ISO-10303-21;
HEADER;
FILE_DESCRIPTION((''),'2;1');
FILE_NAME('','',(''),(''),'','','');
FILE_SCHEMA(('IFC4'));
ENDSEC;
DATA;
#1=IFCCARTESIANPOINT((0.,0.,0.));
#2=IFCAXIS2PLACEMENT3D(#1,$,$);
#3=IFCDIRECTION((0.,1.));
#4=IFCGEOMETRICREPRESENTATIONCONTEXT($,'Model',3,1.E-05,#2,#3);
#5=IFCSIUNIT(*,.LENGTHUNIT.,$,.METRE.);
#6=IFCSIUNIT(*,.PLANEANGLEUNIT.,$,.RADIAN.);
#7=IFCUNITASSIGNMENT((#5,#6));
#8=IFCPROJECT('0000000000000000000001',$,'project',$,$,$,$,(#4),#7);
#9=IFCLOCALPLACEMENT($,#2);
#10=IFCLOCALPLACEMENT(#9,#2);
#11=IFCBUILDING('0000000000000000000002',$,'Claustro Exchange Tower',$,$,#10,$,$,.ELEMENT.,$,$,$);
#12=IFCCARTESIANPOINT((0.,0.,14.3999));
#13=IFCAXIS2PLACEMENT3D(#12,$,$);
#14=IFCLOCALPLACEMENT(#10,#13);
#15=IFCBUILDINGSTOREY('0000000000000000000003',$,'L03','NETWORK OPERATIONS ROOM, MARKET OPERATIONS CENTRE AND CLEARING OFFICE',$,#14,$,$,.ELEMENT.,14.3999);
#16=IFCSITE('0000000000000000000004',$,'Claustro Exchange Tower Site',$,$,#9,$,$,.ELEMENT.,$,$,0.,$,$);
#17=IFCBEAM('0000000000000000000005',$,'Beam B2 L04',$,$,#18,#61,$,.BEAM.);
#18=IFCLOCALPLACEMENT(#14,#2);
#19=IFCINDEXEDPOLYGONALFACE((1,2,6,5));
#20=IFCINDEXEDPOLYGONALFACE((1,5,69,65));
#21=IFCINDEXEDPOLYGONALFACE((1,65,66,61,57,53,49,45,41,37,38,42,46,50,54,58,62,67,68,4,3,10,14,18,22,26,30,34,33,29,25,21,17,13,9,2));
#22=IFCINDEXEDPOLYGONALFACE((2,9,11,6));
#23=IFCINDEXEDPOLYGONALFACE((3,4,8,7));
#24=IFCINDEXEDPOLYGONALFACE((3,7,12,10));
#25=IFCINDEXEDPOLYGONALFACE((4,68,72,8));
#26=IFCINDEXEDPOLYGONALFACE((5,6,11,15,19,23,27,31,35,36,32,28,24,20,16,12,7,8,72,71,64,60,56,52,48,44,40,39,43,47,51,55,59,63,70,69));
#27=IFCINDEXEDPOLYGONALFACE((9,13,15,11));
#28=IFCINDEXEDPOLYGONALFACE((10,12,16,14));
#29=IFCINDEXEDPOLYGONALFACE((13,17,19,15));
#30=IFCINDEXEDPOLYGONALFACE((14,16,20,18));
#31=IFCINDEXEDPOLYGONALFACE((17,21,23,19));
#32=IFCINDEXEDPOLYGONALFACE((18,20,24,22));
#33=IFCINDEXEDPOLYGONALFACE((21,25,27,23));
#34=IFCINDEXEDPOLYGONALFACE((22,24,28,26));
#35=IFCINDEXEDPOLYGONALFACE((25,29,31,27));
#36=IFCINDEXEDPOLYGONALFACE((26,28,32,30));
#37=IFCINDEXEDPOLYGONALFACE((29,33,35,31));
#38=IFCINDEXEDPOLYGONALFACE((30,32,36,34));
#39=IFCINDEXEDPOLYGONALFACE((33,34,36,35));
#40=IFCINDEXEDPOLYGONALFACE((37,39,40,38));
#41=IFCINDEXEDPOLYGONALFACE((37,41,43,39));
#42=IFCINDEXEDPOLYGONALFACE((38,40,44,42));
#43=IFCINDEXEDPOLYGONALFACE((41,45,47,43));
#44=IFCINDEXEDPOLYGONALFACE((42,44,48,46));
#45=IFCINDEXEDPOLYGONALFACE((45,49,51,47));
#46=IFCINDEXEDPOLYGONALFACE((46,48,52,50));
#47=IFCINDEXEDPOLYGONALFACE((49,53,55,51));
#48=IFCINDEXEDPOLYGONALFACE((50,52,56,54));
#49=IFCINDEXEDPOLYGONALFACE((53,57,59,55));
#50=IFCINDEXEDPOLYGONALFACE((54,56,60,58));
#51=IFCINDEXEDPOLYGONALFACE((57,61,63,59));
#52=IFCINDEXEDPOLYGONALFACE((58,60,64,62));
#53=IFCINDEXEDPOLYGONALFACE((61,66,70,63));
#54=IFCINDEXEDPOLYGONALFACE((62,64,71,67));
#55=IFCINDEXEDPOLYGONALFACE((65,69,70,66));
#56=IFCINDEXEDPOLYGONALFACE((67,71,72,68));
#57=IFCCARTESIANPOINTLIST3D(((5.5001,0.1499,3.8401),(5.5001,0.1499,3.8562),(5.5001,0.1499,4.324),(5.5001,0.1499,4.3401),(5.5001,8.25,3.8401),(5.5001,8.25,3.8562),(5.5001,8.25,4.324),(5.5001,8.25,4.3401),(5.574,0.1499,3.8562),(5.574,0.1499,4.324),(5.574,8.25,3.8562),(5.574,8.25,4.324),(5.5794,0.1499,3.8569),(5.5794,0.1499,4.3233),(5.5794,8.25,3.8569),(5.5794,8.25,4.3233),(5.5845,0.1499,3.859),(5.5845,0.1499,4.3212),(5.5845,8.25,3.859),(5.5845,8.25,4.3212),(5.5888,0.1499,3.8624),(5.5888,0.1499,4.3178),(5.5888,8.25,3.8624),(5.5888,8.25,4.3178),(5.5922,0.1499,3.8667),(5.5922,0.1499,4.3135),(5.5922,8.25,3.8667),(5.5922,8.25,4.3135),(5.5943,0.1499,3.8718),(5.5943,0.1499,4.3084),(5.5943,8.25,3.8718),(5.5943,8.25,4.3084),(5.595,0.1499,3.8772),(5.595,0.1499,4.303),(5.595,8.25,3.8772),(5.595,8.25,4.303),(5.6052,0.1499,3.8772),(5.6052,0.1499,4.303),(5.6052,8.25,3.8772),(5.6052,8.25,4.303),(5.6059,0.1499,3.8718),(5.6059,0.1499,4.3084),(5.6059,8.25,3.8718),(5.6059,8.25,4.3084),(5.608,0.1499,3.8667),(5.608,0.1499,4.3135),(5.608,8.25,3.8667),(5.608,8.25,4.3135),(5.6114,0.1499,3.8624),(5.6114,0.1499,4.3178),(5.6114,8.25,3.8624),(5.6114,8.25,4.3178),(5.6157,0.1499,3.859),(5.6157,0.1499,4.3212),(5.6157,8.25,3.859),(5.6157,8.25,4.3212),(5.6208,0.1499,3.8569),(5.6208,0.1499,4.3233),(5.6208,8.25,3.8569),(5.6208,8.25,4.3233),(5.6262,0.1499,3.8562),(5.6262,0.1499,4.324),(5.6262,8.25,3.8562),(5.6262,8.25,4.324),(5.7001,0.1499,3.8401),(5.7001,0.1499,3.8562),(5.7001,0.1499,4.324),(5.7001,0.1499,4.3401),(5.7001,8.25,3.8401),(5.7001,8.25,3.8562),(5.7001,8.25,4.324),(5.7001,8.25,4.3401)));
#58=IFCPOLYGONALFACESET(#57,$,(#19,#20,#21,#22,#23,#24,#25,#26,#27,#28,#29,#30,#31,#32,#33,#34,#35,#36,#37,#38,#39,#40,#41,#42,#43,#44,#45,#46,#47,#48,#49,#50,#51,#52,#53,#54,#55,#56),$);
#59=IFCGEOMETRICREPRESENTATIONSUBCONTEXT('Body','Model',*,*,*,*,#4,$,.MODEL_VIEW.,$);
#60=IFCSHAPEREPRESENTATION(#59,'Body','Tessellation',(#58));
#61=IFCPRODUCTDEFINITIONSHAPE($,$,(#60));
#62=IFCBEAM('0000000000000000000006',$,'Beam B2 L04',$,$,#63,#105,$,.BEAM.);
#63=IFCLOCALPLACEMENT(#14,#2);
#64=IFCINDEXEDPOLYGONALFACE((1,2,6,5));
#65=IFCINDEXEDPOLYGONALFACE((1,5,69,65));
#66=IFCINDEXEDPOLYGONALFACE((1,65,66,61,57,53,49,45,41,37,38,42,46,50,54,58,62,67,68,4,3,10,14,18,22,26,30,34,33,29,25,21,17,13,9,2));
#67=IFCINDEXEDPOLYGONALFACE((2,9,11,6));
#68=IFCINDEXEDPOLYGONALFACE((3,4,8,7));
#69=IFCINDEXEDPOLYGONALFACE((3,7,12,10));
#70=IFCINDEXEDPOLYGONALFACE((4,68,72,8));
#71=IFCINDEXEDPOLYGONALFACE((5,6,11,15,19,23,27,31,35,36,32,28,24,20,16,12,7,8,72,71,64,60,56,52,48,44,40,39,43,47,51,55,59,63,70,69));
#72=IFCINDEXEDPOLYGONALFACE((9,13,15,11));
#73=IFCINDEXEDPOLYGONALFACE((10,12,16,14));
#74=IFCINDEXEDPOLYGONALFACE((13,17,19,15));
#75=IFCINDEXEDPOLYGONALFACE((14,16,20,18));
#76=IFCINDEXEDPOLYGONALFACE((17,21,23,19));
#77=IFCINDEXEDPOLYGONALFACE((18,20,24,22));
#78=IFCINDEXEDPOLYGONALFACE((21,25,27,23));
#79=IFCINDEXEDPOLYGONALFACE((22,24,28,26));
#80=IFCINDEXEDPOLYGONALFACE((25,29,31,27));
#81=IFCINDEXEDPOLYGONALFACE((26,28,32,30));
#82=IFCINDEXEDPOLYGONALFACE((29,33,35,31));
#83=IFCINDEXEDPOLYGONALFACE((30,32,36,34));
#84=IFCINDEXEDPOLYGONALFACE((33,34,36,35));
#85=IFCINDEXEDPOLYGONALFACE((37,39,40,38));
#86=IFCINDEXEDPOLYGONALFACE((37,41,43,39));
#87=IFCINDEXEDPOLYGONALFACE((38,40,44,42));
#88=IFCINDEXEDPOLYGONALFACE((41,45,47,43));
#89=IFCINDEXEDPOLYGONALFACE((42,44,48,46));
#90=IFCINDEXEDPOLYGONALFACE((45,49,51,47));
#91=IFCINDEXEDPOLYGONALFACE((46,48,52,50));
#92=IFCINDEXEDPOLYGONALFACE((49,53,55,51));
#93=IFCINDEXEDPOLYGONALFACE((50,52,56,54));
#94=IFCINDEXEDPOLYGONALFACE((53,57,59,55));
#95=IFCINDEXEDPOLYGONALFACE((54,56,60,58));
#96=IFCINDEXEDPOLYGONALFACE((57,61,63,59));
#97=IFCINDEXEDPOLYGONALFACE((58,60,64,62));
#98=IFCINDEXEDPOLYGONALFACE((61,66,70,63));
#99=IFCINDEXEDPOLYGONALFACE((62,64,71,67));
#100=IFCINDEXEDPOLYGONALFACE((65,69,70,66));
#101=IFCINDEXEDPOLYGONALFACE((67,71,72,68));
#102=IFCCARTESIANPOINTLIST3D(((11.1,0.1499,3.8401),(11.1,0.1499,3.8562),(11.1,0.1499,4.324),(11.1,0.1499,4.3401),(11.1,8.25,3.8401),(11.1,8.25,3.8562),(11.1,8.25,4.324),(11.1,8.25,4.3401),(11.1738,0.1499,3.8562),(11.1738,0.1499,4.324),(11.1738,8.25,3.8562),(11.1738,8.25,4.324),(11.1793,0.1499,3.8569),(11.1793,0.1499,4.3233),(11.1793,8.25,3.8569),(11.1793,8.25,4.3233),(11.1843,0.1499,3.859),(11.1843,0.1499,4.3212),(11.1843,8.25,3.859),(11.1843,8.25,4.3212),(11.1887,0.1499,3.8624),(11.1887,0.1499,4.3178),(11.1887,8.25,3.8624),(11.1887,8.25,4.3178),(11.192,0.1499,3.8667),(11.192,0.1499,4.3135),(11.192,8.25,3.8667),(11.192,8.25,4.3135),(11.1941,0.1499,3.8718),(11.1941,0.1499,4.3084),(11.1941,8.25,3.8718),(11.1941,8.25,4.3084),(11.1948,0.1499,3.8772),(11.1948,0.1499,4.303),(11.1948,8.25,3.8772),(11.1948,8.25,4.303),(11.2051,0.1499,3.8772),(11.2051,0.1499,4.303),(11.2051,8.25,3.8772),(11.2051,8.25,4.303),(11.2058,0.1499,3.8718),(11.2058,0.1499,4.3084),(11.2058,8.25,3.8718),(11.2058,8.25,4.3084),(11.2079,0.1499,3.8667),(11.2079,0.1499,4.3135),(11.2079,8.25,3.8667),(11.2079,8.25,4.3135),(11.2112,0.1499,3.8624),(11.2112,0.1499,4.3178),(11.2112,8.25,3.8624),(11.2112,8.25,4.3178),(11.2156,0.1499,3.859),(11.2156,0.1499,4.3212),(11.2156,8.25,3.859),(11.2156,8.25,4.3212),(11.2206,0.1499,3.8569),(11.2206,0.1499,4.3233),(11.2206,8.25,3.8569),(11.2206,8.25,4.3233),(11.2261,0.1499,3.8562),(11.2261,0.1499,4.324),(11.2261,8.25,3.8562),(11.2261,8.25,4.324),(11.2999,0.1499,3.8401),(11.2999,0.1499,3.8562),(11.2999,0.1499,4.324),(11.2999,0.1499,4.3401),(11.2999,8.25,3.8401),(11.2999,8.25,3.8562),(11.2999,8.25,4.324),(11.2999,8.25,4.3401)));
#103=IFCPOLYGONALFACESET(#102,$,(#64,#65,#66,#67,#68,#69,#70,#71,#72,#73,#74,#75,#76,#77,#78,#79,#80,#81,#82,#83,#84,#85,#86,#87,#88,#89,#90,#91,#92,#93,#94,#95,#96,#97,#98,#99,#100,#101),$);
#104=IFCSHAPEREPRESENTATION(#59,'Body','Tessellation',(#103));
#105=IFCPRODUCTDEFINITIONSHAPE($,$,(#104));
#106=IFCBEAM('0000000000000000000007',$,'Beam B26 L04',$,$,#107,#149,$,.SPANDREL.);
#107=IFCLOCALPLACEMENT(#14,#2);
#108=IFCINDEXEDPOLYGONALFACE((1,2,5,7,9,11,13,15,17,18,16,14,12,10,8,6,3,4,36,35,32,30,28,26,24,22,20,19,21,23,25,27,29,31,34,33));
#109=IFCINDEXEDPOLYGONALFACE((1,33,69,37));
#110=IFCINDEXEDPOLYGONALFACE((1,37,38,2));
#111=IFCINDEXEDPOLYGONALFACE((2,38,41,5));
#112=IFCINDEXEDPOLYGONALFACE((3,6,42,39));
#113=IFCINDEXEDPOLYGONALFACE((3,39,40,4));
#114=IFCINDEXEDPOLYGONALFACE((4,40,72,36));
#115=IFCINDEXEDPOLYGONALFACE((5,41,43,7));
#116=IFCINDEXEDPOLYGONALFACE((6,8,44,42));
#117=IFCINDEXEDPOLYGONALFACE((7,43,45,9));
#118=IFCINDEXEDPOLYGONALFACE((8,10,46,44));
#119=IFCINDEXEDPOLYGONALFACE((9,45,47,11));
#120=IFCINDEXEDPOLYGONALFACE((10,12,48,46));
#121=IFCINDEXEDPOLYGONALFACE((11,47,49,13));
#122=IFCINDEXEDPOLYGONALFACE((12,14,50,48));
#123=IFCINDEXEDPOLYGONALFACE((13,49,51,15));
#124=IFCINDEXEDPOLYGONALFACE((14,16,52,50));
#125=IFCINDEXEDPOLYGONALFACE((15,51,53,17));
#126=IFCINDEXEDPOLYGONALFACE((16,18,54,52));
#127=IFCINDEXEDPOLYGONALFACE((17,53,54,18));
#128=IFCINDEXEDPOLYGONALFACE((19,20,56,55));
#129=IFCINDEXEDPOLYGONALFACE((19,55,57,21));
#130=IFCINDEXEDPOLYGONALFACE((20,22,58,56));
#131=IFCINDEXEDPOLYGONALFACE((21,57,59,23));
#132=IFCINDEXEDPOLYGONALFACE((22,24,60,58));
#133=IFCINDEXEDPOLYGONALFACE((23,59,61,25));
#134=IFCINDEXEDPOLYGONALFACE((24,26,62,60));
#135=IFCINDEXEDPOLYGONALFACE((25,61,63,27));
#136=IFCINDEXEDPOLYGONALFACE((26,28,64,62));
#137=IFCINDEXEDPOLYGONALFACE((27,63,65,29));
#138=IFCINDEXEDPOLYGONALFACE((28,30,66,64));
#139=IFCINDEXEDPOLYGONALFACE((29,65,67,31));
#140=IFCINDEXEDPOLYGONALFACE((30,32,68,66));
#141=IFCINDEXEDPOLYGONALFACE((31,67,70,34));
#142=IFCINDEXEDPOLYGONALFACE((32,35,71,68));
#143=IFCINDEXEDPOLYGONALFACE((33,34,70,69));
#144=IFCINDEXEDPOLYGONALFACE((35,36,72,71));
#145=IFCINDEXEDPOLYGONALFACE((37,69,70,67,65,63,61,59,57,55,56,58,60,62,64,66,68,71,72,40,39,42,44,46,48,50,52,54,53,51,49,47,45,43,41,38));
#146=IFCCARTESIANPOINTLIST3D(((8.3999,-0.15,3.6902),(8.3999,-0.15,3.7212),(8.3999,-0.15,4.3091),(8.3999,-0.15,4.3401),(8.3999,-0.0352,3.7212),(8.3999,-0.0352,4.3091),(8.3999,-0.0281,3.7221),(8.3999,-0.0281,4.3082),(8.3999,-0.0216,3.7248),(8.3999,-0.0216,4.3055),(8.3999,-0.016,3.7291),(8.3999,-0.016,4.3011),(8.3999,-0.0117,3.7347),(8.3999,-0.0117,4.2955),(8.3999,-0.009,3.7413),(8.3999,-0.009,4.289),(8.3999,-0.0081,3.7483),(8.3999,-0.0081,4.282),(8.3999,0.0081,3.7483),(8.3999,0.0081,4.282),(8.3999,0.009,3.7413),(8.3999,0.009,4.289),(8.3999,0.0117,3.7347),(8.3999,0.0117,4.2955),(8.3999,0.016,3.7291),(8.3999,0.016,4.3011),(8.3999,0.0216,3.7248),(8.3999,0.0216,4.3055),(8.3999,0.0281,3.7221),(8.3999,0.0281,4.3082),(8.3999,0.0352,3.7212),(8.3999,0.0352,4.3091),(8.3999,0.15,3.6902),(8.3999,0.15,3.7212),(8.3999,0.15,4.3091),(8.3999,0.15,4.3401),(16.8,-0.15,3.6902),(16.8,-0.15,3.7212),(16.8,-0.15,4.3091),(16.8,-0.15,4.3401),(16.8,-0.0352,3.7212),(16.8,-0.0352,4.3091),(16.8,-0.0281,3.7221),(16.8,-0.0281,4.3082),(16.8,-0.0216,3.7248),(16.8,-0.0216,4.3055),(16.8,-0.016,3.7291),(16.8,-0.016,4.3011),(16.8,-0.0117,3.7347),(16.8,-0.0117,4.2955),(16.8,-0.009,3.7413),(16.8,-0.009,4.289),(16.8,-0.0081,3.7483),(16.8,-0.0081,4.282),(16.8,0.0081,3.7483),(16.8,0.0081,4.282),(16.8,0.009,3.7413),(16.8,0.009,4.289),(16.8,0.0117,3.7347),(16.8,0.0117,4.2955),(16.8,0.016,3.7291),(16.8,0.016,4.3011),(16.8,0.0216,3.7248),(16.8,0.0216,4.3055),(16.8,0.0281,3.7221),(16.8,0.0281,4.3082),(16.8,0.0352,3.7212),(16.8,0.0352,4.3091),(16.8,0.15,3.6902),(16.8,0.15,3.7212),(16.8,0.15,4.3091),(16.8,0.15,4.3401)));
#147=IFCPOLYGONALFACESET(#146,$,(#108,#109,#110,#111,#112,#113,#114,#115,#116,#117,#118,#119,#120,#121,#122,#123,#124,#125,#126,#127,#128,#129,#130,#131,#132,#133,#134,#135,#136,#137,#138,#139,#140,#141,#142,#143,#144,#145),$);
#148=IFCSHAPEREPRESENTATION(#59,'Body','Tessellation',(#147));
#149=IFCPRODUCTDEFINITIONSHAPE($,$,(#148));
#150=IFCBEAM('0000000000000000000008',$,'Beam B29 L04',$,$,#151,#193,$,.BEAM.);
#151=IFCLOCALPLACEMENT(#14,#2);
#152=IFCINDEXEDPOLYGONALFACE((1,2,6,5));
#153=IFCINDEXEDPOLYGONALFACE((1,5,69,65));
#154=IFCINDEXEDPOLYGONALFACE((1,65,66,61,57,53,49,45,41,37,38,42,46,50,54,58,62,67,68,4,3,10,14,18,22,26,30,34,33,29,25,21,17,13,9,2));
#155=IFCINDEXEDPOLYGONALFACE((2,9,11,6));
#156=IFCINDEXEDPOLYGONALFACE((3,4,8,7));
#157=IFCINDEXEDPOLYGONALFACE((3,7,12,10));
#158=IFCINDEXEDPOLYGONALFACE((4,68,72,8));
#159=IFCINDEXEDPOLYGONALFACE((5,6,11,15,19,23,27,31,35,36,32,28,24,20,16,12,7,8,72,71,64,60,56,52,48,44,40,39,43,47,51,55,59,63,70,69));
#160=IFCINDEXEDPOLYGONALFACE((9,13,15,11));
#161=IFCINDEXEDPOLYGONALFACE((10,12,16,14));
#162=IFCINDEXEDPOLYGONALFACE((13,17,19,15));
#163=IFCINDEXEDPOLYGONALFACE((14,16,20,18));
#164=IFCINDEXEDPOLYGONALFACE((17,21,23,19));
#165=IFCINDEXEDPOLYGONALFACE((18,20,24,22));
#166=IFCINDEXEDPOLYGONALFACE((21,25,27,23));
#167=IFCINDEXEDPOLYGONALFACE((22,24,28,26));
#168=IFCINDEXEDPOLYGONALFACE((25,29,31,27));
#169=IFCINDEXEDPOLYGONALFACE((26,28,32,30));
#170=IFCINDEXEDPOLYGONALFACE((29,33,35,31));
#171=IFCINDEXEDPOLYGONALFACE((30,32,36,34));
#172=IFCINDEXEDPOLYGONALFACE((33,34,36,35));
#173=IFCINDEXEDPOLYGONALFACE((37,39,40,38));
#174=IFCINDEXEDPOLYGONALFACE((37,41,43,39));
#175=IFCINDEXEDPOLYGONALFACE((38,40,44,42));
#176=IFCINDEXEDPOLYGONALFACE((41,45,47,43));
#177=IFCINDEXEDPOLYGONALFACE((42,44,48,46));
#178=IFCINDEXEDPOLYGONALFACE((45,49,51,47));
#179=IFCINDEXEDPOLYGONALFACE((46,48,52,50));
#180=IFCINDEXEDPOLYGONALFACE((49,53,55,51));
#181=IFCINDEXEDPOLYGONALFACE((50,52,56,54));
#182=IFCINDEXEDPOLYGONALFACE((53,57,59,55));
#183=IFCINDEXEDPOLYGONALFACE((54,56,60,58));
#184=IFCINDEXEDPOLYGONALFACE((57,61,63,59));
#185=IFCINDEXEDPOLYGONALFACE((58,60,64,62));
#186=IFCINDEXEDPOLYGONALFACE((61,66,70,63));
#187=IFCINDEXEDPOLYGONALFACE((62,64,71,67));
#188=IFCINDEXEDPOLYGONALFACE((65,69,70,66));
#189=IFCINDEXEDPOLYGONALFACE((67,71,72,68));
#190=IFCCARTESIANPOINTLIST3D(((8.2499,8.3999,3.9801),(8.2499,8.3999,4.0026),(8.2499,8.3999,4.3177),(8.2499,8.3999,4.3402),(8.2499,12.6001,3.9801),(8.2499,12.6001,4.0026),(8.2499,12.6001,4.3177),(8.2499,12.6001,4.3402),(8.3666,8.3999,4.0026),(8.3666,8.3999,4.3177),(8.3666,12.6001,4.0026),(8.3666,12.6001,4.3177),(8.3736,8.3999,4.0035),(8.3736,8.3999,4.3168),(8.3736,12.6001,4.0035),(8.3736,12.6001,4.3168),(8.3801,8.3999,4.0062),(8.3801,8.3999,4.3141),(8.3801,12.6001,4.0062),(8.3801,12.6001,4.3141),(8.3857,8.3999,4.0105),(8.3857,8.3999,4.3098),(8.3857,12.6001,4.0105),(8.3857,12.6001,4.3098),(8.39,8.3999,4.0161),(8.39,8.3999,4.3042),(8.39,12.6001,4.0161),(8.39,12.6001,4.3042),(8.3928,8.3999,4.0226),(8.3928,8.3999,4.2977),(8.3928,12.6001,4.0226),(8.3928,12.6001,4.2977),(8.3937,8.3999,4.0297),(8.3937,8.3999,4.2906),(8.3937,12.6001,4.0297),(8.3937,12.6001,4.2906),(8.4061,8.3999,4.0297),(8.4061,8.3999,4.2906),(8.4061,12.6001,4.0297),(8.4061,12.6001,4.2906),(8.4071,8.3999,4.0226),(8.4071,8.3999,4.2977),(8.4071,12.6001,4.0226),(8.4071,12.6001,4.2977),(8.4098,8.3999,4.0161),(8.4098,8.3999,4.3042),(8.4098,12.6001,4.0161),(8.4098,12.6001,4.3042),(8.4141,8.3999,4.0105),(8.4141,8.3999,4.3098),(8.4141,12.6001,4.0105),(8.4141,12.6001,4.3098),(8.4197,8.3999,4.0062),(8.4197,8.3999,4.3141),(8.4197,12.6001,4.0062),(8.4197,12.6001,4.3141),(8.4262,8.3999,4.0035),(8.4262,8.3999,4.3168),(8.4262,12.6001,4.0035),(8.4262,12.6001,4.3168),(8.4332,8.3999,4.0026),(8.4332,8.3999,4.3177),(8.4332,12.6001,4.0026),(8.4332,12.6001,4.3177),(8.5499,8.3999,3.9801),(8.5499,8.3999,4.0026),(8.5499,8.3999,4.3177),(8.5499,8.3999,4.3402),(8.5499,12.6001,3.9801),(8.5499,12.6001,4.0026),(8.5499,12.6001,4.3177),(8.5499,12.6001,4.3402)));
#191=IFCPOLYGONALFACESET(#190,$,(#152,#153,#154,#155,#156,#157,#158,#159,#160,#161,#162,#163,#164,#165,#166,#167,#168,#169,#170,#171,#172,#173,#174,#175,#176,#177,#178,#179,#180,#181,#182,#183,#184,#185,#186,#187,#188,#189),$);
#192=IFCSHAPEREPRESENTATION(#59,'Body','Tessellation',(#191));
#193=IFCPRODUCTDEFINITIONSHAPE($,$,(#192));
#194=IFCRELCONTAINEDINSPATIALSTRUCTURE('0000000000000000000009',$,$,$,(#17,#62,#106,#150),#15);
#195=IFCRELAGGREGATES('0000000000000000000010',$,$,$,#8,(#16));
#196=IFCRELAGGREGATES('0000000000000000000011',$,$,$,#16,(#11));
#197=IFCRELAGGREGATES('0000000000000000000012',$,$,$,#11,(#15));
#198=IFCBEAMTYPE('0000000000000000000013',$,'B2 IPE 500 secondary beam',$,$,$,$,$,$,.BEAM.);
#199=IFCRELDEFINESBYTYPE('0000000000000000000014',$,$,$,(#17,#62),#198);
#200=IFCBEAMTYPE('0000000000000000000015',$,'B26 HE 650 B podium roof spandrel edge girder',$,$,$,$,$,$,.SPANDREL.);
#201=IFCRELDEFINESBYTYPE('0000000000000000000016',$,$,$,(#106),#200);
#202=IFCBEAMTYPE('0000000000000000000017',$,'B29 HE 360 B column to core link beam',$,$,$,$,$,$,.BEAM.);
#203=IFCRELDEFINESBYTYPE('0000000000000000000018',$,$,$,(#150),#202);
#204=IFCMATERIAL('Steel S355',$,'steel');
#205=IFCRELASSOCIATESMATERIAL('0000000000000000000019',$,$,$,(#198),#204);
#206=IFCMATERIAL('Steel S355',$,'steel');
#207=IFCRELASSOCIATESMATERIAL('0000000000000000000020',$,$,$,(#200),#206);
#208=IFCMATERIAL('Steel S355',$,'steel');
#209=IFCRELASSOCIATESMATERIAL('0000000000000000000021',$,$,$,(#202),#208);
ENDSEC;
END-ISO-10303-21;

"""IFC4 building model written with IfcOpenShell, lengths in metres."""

from ifc_helpers import new_model, si_unit, direction, frame, origin, origin_2d, place, context, subcontext, project, spatial, i_section, extrude, material, material_profile, profile_set, type_object, element, save


model = new_model("IFC4")

# Units and contexts
model_context = context("Model", 3, precision=1e-05, world=origin(), true_north=direction((0.0, 1.0)))
body_context = subcontext(model_context, "Body", "Model", "MODEL_VIEW")
ifc_project = project(units=[si_unit("LENGTHUNIT", "METRE"), si_unit("PLANEANGLEUNIT", "RADIAN")], contexts=[model_context])

# Site, building, storey
site_placement = place(None, origin())
site = spatial("IfcSite", under=ifc_project, at=site_placement, Name="Claustro Exchange Tower Site", CompositionType="ELEMENT", RefElevation=0.0)
building_placement = place(site_placement, origin())
building = spatial("IfcBuilding", under=site, at=building_placement, Name="Claustro Exchange Tower", CompositionType="ELEMENT")
storey_placement = place(building_placement, frame((0.0, 0.0, 14.3999)))
storey = spatial("IfcBuildingStorey", under=building, at=storey_placement, Name="L03", Description="NETWORK OPERATIONS ROOM, MARKET OPERATIONS CENTRE AND CLEARING OFFICE", CompositionType="ELEMENT", Elevation=14.3999)

# Beams
ifc_material_1 = material(Name="Steel S355", Category="steel")
ifc_material_profile_1 = material_profile(ifc_material_1, i_section(OverallWidth=0.2, OverallDepth=0.5, WebThickness=0.0103, FlangeThickness=0.0161, FilletRadius=0.021, at=origin_2d()), Name="IPE 500")
ifc_profile_set_1 = profile_set([ifc_material_profile_1], Name="Steel S355")
beam_type_1 = type_object("IfcBeamType", Name="B2 IPE 500 secondary beam", PredefinedType="BEAM", material=ifc_profile_set_1)
for number, where, z_axis, x_axis, name in (
    (1, (5.6001, 0.1499, 4.0901), (0.0, 1.0, 0.0), (-1.0, 0.0, 0.0), "Beam B2 L04"),
    (2, (11.2, 0.1499, 4.0901), (0.0, 1.0, 0.0), (-1.0, 0.0, 0.0), "Beam B2 L04"),
):
    element("IfcBeam", number, at=place(storey_placement, frame(where, z_axis=z_axis, x_axis=x_axis)), inside=storey, type_object=beam_type_1, Name=name, PredefinedType="BEAM", context=body_context, shape_type="SweptSolid", body=[
        extrude(i_section(OverallWidth=0.2, OverallDepth=0.5, WebThickness=0.0103, FlangeThickness=0.0161, FilletRadius=0.021, at=origin_2d()), origin(), (0.0, 0.0, 1.0), 8.1001),
    ])
ifc_material_2 = material(Name="Steel S355", Category="steel")
ifc_material_profile_2 = material_profile(ifc_material_2, i_section(OverallWidth=0.3, OverallDepth=0.6499, WebThickness=0.0161, FlangeThickness=0.031, FilletRadius=0.0271, at=origin_2d()), Name="HE 650 B")
ifc_profile_set_2 = profile_set([ifc_material_profile_2], Name="Steel S355")
beam_type_2 = type_object("IfcBeamType", Name="B26 HE 650 B podium roof spandrel edge girder", PredefinedType="SPANDREL", material=ifc_profile_set_2)
beam_1_placement = place(storey_placement, frame((8.3999, 0.0, 4.0151), z_axis=(1.0, 0.0, 0.0), x_axis=(0.0, 1.0, 0.0)))
element("IfcBeam", 3, at=beam_1_placement, inside=storey, type_object=beam_type_2, Name="Beam B26 L04", PredefinedType="SPANDREL", context=body_context, shape_type="SweptSolid", body=[
    extrude(i_section(OverallWidth=0.3, OverallDepth=0.6499, WebThickness=0.0161, FlangeThickness=0.031, FilletRadius=0.0271, at=origin_2d()), origin(), (0.0, 0.0, 1.0), 8.4001),
])
ifc_material_3 = material(Name="Steel S355", Category="steel")
ifc_material_profile_3 = material_profile(ifc_material_3, i_section(OverallWidth=0.3, OverallDepth=0.3601, WebThickness=0.0125, FlangeThickness=0.0225, FilletRadius=0.0271, at=origin_2d()), Name="HE 360 B")
ifc_profile_set_3 = profile_set([ifc_material_profile_3], Name="Steel S355")
beam_type_3 = type_object("IfcBeamType", Name="B29 HE 360 B column to core link beam", PredefinedType="BEAM", material=ifc_profile_set_3)
beam_2_placement = place(storey_placement, frame((8.3999, 8.3999, 4.1602), z_axis=(0.0, 1.0, 0.0), x_axis=(-1.0, 0.0, 0.0)))
element("IfcBeam", 4, at=beam_2_placement, inside=storey, type_object=beam_type_3, Name="Beam B29 L04", PredefinedType="BEAM", context=body_context, shape_type="SweptSolid", body=[
    extrude(i_section(OverallWidth=0.3, OverallDepth=0.3601, WebThickness=0.0125, FlangeThickness=0.0225, FilletRadius=0.0271, at=origin_2d()), origin(), (0.0, 0.0, 1.0), 4.2002),
])

save(model, "model.ifc")
